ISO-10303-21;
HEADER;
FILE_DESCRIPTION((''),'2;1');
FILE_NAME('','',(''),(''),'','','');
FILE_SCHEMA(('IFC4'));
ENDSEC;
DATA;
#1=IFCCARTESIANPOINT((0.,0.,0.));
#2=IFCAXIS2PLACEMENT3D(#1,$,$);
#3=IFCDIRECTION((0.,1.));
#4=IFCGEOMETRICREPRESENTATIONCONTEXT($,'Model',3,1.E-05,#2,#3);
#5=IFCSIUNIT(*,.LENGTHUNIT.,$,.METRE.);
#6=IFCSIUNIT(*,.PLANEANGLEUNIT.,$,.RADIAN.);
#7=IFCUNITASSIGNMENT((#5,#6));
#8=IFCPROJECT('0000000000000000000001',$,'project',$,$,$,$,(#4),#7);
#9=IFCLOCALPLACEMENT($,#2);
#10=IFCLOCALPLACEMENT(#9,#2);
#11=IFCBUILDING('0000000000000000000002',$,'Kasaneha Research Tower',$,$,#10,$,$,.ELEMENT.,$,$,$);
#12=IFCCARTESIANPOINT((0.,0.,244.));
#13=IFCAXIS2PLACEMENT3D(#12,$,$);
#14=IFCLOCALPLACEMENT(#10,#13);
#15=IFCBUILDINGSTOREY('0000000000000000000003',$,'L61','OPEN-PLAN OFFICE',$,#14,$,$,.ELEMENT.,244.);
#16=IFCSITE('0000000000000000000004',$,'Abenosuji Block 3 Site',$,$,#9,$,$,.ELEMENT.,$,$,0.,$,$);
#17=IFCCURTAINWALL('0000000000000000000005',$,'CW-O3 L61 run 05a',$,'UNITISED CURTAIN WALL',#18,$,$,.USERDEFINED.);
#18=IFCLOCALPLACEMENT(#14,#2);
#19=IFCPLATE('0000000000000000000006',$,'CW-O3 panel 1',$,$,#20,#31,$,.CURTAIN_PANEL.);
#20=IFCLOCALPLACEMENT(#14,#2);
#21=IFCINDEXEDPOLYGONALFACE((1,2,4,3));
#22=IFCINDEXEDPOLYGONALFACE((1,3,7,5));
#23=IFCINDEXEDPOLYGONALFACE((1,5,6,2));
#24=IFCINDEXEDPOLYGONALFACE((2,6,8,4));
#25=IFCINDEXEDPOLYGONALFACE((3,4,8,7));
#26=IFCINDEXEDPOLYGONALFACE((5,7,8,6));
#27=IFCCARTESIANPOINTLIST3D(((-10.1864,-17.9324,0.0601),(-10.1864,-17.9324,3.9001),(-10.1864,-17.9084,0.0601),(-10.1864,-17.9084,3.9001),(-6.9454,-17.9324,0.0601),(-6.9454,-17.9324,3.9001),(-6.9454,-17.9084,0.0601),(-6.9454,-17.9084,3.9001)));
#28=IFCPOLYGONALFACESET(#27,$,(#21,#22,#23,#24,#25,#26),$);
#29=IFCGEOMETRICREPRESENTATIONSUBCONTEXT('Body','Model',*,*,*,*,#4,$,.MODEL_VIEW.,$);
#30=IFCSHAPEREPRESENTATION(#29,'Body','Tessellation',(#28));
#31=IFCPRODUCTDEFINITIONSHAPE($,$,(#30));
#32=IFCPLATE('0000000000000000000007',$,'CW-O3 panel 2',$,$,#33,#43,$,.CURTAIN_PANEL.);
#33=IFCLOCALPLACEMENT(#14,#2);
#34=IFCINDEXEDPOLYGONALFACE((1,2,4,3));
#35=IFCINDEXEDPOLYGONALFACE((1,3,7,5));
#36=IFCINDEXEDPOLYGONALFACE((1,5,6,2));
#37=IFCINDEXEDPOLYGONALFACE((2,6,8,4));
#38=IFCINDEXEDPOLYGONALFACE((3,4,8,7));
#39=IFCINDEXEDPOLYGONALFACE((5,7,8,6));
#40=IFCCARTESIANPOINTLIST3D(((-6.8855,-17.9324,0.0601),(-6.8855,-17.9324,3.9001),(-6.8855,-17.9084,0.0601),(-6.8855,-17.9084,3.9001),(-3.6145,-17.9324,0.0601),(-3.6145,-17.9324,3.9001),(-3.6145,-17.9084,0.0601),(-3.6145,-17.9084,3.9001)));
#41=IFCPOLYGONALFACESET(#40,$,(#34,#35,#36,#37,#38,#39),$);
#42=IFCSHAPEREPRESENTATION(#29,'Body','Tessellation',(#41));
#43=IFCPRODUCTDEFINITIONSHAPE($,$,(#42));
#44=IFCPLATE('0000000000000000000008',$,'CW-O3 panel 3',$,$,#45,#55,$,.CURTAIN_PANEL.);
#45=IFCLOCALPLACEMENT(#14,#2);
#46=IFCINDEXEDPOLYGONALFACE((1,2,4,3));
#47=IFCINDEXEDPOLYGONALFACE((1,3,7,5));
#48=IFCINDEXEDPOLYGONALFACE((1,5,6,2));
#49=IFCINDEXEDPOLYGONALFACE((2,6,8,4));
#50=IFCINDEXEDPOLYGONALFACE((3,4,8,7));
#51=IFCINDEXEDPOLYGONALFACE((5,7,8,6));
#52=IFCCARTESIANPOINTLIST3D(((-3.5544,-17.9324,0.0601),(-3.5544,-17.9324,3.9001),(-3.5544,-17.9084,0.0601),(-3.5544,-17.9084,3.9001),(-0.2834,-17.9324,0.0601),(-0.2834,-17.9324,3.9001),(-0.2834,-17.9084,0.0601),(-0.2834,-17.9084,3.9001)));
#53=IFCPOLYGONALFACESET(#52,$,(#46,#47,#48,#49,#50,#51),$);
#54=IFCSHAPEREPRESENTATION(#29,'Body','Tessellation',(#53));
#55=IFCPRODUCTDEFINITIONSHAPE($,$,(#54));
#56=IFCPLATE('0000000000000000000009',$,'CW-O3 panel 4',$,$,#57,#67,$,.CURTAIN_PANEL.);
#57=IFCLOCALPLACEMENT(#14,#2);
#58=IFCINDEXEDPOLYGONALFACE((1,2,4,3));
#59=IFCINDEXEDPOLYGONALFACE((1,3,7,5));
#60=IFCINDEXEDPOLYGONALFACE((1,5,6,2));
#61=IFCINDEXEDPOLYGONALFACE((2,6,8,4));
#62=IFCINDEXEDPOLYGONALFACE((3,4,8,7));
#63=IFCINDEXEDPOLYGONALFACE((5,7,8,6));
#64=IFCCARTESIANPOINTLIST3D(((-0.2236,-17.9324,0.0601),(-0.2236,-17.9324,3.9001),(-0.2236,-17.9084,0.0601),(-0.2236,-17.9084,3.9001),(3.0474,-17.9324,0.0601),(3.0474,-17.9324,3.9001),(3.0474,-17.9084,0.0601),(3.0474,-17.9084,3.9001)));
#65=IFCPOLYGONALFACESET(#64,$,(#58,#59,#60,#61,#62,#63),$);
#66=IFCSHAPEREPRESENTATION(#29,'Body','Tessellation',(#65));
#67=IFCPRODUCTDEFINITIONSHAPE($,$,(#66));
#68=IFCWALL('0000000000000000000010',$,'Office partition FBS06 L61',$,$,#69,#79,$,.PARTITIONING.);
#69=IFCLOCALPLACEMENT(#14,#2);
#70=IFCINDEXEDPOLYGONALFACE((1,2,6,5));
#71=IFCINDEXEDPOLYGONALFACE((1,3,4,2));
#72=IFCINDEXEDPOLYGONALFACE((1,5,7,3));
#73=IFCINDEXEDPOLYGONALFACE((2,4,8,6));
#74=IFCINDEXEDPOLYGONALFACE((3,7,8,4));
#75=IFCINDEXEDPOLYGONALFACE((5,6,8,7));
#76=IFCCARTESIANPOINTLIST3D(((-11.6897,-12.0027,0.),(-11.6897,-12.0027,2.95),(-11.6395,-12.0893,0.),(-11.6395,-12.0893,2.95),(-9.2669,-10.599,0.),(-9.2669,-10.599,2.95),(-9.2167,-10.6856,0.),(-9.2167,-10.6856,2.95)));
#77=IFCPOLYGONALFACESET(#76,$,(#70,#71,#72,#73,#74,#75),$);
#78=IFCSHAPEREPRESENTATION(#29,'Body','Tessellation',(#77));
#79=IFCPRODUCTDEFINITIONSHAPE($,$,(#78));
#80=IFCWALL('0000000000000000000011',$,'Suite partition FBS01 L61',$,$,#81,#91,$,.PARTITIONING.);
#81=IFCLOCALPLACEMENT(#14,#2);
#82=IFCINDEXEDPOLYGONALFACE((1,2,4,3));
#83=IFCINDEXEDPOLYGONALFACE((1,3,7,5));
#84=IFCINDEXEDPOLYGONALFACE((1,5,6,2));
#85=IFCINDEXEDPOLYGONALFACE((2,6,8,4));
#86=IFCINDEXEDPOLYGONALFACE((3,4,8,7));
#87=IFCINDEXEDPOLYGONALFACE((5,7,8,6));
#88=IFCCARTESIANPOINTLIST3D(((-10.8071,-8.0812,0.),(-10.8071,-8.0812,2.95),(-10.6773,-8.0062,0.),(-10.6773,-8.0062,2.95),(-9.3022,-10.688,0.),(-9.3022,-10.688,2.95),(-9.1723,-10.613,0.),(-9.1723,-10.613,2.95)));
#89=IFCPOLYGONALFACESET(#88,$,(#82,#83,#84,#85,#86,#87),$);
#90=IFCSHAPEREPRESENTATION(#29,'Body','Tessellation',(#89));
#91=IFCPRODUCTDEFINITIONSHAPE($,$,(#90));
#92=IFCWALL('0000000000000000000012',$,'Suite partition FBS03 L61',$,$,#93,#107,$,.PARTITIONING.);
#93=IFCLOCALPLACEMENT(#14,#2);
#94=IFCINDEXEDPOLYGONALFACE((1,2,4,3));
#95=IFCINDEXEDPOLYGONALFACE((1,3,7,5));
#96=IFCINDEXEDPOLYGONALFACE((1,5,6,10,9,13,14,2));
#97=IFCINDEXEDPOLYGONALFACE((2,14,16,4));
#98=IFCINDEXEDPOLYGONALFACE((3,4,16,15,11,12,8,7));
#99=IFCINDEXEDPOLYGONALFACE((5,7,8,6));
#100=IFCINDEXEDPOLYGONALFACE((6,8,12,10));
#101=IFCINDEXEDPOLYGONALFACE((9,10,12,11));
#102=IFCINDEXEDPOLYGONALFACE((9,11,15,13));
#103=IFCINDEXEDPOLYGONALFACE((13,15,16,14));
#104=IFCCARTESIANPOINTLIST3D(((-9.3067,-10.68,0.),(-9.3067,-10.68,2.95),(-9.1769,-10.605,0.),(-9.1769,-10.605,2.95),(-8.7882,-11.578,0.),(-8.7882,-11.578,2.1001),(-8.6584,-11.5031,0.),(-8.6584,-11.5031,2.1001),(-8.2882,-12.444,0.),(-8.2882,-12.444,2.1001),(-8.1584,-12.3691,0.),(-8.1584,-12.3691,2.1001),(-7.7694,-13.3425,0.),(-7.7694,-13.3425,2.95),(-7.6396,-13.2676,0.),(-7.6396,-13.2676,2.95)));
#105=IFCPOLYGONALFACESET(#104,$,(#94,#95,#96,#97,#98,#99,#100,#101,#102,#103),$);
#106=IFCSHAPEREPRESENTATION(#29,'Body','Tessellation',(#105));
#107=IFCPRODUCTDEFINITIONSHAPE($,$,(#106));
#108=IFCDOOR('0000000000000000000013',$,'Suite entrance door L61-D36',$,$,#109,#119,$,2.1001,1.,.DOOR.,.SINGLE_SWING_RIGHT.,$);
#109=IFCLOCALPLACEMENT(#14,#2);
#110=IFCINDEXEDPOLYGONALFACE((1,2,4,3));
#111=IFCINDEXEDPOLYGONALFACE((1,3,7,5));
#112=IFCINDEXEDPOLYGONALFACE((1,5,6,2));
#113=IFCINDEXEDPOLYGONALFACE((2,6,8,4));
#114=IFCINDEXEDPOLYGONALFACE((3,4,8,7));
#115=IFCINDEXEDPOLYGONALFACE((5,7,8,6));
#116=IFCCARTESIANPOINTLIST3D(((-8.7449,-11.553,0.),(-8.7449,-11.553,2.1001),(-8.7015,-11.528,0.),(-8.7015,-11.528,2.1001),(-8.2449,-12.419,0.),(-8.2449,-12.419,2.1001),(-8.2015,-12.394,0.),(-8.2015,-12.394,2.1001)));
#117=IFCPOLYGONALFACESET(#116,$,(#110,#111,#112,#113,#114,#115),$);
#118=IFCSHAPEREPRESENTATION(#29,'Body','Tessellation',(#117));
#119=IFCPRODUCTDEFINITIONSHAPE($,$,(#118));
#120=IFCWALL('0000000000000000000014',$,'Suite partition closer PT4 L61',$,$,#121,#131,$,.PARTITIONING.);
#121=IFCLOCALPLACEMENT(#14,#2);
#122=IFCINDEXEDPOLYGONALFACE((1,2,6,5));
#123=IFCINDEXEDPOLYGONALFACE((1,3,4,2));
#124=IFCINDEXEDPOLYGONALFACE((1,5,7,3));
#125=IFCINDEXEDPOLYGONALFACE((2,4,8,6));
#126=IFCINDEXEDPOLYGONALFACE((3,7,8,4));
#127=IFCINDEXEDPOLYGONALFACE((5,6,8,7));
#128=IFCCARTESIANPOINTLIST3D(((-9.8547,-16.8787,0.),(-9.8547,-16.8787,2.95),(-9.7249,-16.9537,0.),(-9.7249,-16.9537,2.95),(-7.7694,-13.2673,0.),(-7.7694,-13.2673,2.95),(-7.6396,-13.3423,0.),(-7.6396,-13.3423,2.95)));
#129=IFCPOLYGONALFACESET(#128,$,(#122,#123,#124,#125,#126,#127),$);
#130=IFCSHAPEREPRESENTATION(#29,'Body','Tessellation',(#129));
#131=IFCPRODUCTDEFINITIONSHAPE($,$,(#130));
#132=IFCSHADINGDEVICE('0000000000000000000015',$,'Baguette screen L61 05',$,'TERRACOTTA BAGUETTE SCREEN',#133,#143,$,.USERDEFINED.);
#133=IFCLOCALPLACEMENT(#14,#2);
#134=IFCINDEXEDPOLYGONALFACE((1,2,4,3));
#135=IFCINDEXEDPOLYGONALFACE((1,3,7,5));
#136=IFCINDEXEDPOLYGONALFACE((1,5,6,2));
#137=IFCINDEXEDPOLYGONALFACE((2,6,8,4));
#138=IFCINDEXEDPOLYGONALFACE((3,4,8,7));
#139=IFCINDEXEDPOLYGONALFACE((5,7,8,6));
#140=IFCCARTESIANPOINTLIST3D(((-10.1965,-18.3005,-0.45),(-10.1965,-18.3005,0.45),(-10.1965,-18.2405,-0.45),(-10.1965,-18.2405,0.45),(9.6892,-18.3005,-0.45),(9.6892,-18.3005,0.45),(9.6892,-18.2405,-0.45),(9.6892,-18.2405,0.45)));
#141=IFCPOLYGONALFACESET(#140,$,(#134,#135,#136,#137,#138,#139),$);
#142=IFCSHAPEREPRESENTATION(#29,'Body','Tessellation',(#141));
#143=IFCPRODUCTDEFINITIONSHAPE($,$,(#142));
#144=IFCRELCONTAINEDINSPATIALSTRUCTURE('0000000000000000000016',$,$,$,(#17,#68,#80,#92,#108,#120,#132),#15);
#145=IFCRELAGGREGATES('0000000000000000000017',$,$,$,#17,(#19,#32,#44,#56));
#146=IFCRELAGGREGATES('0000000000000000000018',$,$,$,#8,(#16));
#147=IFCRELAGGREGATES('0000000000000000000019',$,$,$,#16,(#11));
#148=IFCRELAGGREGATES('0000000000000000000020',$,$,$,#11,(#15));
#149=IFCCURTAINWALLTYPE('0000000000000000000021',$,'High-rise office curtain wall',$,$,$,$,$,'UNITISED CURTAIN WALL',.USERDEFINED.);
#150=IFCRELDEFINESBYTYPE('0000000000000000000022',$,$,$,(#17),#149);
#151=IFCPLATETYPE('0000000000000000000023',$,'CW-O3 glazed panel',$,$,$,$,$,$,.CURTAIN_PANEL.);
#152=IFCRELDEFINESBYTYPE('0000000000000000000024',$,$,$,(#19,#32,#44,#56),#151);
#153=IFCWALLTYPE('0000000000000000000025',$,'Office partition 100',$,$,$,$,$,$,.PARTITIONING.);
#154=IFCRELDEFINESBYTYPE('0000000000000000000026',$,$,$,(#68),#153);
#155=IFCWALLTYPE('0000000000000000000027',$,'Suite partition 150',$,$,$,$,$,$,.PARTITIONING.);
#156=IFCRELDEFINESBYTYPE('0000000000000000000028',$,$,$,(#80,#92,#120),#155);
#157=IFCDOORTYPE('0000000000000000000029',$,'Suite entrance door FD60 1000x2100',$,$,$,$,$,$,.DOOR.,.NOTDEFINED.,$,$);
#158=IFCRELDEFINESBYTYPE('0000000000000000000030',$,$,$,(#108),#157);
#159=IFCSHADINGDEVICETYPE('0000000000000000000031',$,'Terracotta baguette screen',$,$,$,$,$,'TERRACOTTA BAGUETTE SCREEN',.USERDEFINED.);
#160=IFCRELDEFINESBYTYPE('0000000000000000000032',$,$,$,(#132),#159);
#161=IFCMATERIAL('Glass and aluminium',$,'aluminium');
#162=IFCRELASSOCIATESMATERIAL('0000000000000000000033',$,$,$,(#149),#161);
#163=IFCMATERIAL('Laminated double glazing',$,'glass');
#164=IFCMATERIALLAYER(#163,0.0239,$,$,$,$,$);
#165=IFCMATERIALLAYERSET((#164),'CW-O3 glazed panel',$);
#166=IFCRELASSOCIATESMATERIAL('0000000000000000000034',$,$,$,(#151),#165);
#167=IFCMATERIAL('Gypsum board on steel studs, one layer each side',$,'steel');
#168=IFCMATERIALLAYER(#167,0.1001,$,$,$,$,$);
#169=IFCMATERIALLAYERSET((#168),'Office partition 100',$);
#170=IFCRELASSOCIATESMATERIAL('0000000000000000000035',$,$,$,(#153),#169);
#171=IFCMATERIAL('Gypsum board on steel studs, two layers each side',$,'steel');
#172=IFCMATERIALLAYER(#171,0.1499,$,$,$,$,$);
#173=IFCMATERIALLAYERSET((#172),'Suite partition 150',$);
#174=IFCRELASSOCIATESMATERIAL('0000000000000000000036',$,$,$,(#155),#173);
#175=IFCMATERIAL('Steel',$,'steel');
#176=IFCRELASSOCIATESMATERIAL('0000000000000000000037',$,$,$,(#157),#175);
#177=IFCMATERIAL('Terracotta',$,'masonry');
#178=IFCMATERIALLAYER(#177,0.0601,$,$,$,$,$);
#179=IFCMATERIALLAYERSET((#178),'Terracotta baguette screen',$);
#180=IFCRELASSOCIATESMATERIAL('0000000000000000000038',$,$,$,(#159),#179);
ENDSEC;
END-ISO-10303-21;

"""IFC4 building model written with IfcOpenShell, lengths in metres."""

from ifc_helpers import new_model, si_unit, direction, frame, frame_2d, origin, origin_2d, place, context, subcontext, project, spatial, rectangle, extrude, material, layer, layer_set, type_object, element, fill, aggregate, save


model = new_model("IFC4")

# Units and contexts
model_context = context("Model", 3, precision=1e-05, world=origin(), true_north=direction((0.0, 1.0)))
body_context = subcontext(model_context, "Body", "Model", "MODEL_VIEW")
ifc_project = project(units=[si_unit("LENGTHUNIT", "METRE"), si_unit("PLANEANGLEUNIT", "RADIAN")], contexts=[model_context])

# Site, building, storey
site_placement = place(None, origin())
site = spatial("IfcSite", under=ifc_project, at=site_placement, Name="Abenosuji Block 3 Site", CompositionType="ELEMENT", RefElevation=0.0)
building_placement = place(site_placement, origin())
building = spatial("IfcBuilding", under=site, at=building_placement, Name="Kasaneha Research Tower", CompositionType="ELEMENT")
storey_placement = place(building_placement, frame((0.0, 0.0, 244.0)))
storey = spatial("IfcBuildingStorey", under=building, at=storey_placement, Name="L61", Description="OPEN-PLAN OFFICE", CompositionType="ELEMENT", Elevation=244.0)

# Curtain wall
ifc_material_1 = material(Name="Glass and aluminium", Category="aluminium")
curtain_wall_type = type_object("IfcCurtainWallType", Name="High-rise office curtain wall", ElementType="UNITISED CURTAIN WALL", PredefinedType="USERDEFINED", material=ifc_material_1)
curtain_wall_placement = place(storey_placement, origin())
curtain_wall = element("IfcCurtainWall", 1, at=curtain_wall_placement, inside=storey, type_object=curtain_wall_type, Name="CW-O3 L61 run 05a", ObjectType="UNITISED CURTAIN WALL", PredefinedType="USERDEFINED")

# Plates
ifc_material_2 = material(Name="Laminated double glazing", Category="glass")
ifc_layer_1 = layer(ifc_material_2, 0.0239)
ifc_layer_set_1 = layer_set([ifc_layer_1], Name="CW-O3 glazed panel")
plate_type = type_object("IfcPlateType", Name="CW-O3 glazed panel", PredefinedType="CURTAIN_PANEL", material=ifc_layer_set_1)
plate_1_placement = place(storey_placement, frame((-8.5659, -17.9204, 0.0601), z_axis=(0.0, 0.0, 1.0), x_axis=(1.0, 0.0, 0.0)))
plate_1 = element("IfcPlate", 2, at=plate_1_placement, type_object=plate_type, Name="CW-O3 panel 1", PredefinedType="CURTAIN_PANEL", context=body_context, shape_type="SweptSolid", body=[
    extrude(rectangle(XDim=3.241, YDim=0.0239, at=origin_2d()), origin(), (0.0, 0.0, 1.0), 3.8401),
])
plate_2_placement = place(storey_placement, frame((-5.25, -17.9204, 0.0601), z_axis=(0.0, 0.0, 1.0), x_axis=(1.0, 0.0, 0.0)))
plate_2 = element("IfcPlate", 3, at=plate_2_placement, type_object=plate_type, Name="CW-O3 panel 2", PredefinedType="CURTAIN_PANEL", context=body_context, shape_type="SweptSolid", body=[
    extrude(rectangle(XDim=3.271, YDim=0.0239, at=origin_2d()), origin(), (0.0, 0.0, 1.0), 3.8401),
])
plate_3_placement = place(storey_placement, frame((-1.9189, -17.9204, 0.0601), z_axis=(0.0, 0.0, 1.0), x_axis=(1.0, 0.0, 0.0)))
plate_3 = element("IfcPlate", 4, at=plate_3_placement, type_object=plate_type, Name="CW-O3 panel 3", PredefinedType="CURTAIN_PANEL", context=body_context, shape_type="SweptSolid", body=[
    extrude(rectangle(XDim=3.271, YDim=0.0239, at=origin_2d()), origin(), (0.0, 0.0, 1.0), 3.8401),
])
plate_4_placement = place(storey_placement, frame((1.4119, -17.9204, 0.0601), z_axis=(0.0, 0.0, 1.0), x_axis=(1.0, 0.0, 0.0)))
plate_4 = element("IfcPlate", 5, at=plate_4_placement, type_object=plate_type, Name="CW-O3 panel 4", PredefinedType="CURTAIN_PANEL", context=body_context, shape_type="SweptSolid", body=[
    extrude(rectangle(XDim=3.271, YDim=0.0239, at=origin_2d()), origin(), (0.0, 0.0, 1.0), 3.8401),
])
aggregate(curtain_wall, [plate_1, plate_2, plate_3, plate_4])

# Walls
ifc_material_3 = material(Name="Gypsum board on steel studs, one layer each side", Category="steel")
ifc_layer_2 = layer(ifc_material_3, 0.1001)
ifc_layer_set_2 = layer_set([ifc_layer_2], Name="Office partition 100")
wall_type_1 = type_object("IfcWallType", Name="Office partition 100", PredefinedType="PARTITIONING", material=ifc_layer_set_2)
wall_1_placement = place(storey_placement, frame((-9.2419, -10.6423, 0.0), z_axis=(0.0, 0.0, 1.0), x_axis=(-0.865255, -0.501332, 0.0)))
element("IfcWall", 6, at=wall_1_placement, inside=storey, type_object=wall_type_1, Name="Office partition FBS06 L61", PredefinedType="PARTITIONING", context=body_context, shape_type="SweptSolid", body=[
    extrude(rectangle(XDim=2.8, YDim=0.1001, at=frame_2d((1.3999, 0.0))), origin(), (0.0, 0.0, 1.0), 2.95),
])
ifc_material_4 = material(Name="Gypsum board on steel studs, two layers each side", Category="steel")
ifc_layer_3 = layer(ifc_material_4, 0.1499)
ifc_layer_set_3 = layer_set([ifc_layer_3], Name="Suite partition 150")
wall_type_2 = type_object("IfcWallType", Name="Suite partition 150", PredefinedType="PARTITIONING", material=ifc_layer_set_3)
wall_2_placement = place(storey_placement, frame((-9.2373, -10.6504, 0.0), z_axis=(0.0, 0.0, 1.0), x_axis=(-0.499978, 0.866038, 0.0)))
element("IfcWall", 7, at=wall_2_placement, inside=storey, type_object=wall_type_2, Name="Suite partition FBS01 L61", PredefinedType="PARTITIONING", context=body_context, shape_type="SweptSolid", body=[
    extrude(rectangle(XDim=3.01, YDim=0.1499, at=frame_2d((1.5049, 0.0))), origin(), (0.0, 0.0, 1.0), 2.95),
])

# Wall, opening, door
wall_3_placement = place(storey_placement, frame((-7.7046, -13.3049, 0.0), z_axis=(0.0, 0.0, 1.0), x_axis=(-0.500025, 0.866011, 0.0)))
wall_3 = element("IfcWall", 8, at=wall_3_placement, inside=storey, type_object=wall_type_2, Name="Suite partition FBS03 L61", PredefinedType="PARTITIONING", context=body_context, shape_type="SweptSolid", body=[
    extrude(rectangle(XDim=3.0745, YDim=0.1499, at=frame_2d((1.5371, 0.0))), origin(), (0.0, 0.0, 1.0), 2.95),
])
opening_1_placement = place(wall_3_placement, frame((1.0374, 0.0, 0.0)))
opening_1 = element("IfcOpeningElement", 9, at=opening_1_placement, cuts=wall_3, PredefinedType="OPENING", context=body_context, shape_type="SweptSolid", body=[
    extrude(rectangle(XDim=1.0, YDim=2.1001, at=frame_2d((0.5, 1.05))), frame((0.0, 0.085, 0.0), z_axis=(0.0, -1.0, 0.0), x_axis=(1.0, 0.0, 0.0)), (0.0, 0.0, 1.0), 0.1699),
])
ifc_material_5 = material(Name="Steel", Category="steel")
door_type_1 = type_object("IfcDoorType", Name="Suite entrance door FD60 1000x2100", OperationType="NOTDEFINED", PredefinedType="DOOR", material=ifc_material_5)
door_1_placement = place(opening_1_placement, origin())
door_1 = element("IfcDoor", 10, at=door_1_placement, inside=storey, type_object=door_type_1, Name="Suite entrance door L61-D36", OperationType="SINGLE_SWING_RIGHT", OverallHeight=2.1001, OverallWidth=1.0, PredefinedType="DOOR", context=body_context, shape_type="SweptSolid", body=[
    extrude(rectangle(XDim=1.0, YDim=2.1001, at=frame_2d((0.5, 1.05))), frame((0.0, 0.0249, 0.0), z_axis=(0.0, -1.0, 0.0), x_axis=(1.0, 0.0, 0.0)), (0.0, 0.0, 1.0), 0.05),
])
fill(opening_1, door_1)

# Wall
wall_4_placement = place(storey_placement, frame((-7.7046, -13.3049, 0.0), z_axis=(0.0, 0.0, 1.0), x_axis=(-0.500037, -0.866004, 0.0)))
element("IfcWall", 11, at=wall_4_placement, inside=storey, type_object=wall_type_2, Name="Suite partition closer PT4 L61", PredefinedType="PARTITIONING", context=body_context, shape_type="SweptSolid", body=[
    extrude(rectangle(XDim=4.1702, YDim=0.1499, at=frame_2d((2.085, 0.0))), origin(), (0.0, 0.0, 1.0), 2.95),
])

# Shading device
ifc_material_6 = material(Name="Terracotta", Category="masonry")
ifc_layer_4 = layer(ifc_material_6, 0.0601)
ifc_layer_set_4 = layer_set([ifc_layer_4], Name="Terracotta baguette screen")
shading_device_type = type_object("IfcShadingDeviceType", Name="Terracotta baguette screen", ElementType="TERRACOTTA BAGUETTE SCREEN", PredefinedType="USERDEFINED", material=ifc_layer_set_4)
shading_device_placement = place(storey_placement, frame((-0.2537, -18.2705, -0.45), z_axis=(0.0, 0.0, 1.0), x_axis=(1.0, 0.0, 0.0)))
element("IfcShadingDevice", 12, at=shading_device_placement, inside=storey, type_object=shading_device_type, Name="Baguette screen L61 05", ObjectType="TERRACOTTA BAGUETTE SCREEN", PredefinedType="USERDEFINED", context=body_context, shape_type="SweptSolid", body=[
    extrude(rectangle(XDim=19.8857, YDim=0.0601, at=origin_2d()), origin(), (0.0, 0.0, 1.0), 0.8999),
])

save(model, "model.ifc")
